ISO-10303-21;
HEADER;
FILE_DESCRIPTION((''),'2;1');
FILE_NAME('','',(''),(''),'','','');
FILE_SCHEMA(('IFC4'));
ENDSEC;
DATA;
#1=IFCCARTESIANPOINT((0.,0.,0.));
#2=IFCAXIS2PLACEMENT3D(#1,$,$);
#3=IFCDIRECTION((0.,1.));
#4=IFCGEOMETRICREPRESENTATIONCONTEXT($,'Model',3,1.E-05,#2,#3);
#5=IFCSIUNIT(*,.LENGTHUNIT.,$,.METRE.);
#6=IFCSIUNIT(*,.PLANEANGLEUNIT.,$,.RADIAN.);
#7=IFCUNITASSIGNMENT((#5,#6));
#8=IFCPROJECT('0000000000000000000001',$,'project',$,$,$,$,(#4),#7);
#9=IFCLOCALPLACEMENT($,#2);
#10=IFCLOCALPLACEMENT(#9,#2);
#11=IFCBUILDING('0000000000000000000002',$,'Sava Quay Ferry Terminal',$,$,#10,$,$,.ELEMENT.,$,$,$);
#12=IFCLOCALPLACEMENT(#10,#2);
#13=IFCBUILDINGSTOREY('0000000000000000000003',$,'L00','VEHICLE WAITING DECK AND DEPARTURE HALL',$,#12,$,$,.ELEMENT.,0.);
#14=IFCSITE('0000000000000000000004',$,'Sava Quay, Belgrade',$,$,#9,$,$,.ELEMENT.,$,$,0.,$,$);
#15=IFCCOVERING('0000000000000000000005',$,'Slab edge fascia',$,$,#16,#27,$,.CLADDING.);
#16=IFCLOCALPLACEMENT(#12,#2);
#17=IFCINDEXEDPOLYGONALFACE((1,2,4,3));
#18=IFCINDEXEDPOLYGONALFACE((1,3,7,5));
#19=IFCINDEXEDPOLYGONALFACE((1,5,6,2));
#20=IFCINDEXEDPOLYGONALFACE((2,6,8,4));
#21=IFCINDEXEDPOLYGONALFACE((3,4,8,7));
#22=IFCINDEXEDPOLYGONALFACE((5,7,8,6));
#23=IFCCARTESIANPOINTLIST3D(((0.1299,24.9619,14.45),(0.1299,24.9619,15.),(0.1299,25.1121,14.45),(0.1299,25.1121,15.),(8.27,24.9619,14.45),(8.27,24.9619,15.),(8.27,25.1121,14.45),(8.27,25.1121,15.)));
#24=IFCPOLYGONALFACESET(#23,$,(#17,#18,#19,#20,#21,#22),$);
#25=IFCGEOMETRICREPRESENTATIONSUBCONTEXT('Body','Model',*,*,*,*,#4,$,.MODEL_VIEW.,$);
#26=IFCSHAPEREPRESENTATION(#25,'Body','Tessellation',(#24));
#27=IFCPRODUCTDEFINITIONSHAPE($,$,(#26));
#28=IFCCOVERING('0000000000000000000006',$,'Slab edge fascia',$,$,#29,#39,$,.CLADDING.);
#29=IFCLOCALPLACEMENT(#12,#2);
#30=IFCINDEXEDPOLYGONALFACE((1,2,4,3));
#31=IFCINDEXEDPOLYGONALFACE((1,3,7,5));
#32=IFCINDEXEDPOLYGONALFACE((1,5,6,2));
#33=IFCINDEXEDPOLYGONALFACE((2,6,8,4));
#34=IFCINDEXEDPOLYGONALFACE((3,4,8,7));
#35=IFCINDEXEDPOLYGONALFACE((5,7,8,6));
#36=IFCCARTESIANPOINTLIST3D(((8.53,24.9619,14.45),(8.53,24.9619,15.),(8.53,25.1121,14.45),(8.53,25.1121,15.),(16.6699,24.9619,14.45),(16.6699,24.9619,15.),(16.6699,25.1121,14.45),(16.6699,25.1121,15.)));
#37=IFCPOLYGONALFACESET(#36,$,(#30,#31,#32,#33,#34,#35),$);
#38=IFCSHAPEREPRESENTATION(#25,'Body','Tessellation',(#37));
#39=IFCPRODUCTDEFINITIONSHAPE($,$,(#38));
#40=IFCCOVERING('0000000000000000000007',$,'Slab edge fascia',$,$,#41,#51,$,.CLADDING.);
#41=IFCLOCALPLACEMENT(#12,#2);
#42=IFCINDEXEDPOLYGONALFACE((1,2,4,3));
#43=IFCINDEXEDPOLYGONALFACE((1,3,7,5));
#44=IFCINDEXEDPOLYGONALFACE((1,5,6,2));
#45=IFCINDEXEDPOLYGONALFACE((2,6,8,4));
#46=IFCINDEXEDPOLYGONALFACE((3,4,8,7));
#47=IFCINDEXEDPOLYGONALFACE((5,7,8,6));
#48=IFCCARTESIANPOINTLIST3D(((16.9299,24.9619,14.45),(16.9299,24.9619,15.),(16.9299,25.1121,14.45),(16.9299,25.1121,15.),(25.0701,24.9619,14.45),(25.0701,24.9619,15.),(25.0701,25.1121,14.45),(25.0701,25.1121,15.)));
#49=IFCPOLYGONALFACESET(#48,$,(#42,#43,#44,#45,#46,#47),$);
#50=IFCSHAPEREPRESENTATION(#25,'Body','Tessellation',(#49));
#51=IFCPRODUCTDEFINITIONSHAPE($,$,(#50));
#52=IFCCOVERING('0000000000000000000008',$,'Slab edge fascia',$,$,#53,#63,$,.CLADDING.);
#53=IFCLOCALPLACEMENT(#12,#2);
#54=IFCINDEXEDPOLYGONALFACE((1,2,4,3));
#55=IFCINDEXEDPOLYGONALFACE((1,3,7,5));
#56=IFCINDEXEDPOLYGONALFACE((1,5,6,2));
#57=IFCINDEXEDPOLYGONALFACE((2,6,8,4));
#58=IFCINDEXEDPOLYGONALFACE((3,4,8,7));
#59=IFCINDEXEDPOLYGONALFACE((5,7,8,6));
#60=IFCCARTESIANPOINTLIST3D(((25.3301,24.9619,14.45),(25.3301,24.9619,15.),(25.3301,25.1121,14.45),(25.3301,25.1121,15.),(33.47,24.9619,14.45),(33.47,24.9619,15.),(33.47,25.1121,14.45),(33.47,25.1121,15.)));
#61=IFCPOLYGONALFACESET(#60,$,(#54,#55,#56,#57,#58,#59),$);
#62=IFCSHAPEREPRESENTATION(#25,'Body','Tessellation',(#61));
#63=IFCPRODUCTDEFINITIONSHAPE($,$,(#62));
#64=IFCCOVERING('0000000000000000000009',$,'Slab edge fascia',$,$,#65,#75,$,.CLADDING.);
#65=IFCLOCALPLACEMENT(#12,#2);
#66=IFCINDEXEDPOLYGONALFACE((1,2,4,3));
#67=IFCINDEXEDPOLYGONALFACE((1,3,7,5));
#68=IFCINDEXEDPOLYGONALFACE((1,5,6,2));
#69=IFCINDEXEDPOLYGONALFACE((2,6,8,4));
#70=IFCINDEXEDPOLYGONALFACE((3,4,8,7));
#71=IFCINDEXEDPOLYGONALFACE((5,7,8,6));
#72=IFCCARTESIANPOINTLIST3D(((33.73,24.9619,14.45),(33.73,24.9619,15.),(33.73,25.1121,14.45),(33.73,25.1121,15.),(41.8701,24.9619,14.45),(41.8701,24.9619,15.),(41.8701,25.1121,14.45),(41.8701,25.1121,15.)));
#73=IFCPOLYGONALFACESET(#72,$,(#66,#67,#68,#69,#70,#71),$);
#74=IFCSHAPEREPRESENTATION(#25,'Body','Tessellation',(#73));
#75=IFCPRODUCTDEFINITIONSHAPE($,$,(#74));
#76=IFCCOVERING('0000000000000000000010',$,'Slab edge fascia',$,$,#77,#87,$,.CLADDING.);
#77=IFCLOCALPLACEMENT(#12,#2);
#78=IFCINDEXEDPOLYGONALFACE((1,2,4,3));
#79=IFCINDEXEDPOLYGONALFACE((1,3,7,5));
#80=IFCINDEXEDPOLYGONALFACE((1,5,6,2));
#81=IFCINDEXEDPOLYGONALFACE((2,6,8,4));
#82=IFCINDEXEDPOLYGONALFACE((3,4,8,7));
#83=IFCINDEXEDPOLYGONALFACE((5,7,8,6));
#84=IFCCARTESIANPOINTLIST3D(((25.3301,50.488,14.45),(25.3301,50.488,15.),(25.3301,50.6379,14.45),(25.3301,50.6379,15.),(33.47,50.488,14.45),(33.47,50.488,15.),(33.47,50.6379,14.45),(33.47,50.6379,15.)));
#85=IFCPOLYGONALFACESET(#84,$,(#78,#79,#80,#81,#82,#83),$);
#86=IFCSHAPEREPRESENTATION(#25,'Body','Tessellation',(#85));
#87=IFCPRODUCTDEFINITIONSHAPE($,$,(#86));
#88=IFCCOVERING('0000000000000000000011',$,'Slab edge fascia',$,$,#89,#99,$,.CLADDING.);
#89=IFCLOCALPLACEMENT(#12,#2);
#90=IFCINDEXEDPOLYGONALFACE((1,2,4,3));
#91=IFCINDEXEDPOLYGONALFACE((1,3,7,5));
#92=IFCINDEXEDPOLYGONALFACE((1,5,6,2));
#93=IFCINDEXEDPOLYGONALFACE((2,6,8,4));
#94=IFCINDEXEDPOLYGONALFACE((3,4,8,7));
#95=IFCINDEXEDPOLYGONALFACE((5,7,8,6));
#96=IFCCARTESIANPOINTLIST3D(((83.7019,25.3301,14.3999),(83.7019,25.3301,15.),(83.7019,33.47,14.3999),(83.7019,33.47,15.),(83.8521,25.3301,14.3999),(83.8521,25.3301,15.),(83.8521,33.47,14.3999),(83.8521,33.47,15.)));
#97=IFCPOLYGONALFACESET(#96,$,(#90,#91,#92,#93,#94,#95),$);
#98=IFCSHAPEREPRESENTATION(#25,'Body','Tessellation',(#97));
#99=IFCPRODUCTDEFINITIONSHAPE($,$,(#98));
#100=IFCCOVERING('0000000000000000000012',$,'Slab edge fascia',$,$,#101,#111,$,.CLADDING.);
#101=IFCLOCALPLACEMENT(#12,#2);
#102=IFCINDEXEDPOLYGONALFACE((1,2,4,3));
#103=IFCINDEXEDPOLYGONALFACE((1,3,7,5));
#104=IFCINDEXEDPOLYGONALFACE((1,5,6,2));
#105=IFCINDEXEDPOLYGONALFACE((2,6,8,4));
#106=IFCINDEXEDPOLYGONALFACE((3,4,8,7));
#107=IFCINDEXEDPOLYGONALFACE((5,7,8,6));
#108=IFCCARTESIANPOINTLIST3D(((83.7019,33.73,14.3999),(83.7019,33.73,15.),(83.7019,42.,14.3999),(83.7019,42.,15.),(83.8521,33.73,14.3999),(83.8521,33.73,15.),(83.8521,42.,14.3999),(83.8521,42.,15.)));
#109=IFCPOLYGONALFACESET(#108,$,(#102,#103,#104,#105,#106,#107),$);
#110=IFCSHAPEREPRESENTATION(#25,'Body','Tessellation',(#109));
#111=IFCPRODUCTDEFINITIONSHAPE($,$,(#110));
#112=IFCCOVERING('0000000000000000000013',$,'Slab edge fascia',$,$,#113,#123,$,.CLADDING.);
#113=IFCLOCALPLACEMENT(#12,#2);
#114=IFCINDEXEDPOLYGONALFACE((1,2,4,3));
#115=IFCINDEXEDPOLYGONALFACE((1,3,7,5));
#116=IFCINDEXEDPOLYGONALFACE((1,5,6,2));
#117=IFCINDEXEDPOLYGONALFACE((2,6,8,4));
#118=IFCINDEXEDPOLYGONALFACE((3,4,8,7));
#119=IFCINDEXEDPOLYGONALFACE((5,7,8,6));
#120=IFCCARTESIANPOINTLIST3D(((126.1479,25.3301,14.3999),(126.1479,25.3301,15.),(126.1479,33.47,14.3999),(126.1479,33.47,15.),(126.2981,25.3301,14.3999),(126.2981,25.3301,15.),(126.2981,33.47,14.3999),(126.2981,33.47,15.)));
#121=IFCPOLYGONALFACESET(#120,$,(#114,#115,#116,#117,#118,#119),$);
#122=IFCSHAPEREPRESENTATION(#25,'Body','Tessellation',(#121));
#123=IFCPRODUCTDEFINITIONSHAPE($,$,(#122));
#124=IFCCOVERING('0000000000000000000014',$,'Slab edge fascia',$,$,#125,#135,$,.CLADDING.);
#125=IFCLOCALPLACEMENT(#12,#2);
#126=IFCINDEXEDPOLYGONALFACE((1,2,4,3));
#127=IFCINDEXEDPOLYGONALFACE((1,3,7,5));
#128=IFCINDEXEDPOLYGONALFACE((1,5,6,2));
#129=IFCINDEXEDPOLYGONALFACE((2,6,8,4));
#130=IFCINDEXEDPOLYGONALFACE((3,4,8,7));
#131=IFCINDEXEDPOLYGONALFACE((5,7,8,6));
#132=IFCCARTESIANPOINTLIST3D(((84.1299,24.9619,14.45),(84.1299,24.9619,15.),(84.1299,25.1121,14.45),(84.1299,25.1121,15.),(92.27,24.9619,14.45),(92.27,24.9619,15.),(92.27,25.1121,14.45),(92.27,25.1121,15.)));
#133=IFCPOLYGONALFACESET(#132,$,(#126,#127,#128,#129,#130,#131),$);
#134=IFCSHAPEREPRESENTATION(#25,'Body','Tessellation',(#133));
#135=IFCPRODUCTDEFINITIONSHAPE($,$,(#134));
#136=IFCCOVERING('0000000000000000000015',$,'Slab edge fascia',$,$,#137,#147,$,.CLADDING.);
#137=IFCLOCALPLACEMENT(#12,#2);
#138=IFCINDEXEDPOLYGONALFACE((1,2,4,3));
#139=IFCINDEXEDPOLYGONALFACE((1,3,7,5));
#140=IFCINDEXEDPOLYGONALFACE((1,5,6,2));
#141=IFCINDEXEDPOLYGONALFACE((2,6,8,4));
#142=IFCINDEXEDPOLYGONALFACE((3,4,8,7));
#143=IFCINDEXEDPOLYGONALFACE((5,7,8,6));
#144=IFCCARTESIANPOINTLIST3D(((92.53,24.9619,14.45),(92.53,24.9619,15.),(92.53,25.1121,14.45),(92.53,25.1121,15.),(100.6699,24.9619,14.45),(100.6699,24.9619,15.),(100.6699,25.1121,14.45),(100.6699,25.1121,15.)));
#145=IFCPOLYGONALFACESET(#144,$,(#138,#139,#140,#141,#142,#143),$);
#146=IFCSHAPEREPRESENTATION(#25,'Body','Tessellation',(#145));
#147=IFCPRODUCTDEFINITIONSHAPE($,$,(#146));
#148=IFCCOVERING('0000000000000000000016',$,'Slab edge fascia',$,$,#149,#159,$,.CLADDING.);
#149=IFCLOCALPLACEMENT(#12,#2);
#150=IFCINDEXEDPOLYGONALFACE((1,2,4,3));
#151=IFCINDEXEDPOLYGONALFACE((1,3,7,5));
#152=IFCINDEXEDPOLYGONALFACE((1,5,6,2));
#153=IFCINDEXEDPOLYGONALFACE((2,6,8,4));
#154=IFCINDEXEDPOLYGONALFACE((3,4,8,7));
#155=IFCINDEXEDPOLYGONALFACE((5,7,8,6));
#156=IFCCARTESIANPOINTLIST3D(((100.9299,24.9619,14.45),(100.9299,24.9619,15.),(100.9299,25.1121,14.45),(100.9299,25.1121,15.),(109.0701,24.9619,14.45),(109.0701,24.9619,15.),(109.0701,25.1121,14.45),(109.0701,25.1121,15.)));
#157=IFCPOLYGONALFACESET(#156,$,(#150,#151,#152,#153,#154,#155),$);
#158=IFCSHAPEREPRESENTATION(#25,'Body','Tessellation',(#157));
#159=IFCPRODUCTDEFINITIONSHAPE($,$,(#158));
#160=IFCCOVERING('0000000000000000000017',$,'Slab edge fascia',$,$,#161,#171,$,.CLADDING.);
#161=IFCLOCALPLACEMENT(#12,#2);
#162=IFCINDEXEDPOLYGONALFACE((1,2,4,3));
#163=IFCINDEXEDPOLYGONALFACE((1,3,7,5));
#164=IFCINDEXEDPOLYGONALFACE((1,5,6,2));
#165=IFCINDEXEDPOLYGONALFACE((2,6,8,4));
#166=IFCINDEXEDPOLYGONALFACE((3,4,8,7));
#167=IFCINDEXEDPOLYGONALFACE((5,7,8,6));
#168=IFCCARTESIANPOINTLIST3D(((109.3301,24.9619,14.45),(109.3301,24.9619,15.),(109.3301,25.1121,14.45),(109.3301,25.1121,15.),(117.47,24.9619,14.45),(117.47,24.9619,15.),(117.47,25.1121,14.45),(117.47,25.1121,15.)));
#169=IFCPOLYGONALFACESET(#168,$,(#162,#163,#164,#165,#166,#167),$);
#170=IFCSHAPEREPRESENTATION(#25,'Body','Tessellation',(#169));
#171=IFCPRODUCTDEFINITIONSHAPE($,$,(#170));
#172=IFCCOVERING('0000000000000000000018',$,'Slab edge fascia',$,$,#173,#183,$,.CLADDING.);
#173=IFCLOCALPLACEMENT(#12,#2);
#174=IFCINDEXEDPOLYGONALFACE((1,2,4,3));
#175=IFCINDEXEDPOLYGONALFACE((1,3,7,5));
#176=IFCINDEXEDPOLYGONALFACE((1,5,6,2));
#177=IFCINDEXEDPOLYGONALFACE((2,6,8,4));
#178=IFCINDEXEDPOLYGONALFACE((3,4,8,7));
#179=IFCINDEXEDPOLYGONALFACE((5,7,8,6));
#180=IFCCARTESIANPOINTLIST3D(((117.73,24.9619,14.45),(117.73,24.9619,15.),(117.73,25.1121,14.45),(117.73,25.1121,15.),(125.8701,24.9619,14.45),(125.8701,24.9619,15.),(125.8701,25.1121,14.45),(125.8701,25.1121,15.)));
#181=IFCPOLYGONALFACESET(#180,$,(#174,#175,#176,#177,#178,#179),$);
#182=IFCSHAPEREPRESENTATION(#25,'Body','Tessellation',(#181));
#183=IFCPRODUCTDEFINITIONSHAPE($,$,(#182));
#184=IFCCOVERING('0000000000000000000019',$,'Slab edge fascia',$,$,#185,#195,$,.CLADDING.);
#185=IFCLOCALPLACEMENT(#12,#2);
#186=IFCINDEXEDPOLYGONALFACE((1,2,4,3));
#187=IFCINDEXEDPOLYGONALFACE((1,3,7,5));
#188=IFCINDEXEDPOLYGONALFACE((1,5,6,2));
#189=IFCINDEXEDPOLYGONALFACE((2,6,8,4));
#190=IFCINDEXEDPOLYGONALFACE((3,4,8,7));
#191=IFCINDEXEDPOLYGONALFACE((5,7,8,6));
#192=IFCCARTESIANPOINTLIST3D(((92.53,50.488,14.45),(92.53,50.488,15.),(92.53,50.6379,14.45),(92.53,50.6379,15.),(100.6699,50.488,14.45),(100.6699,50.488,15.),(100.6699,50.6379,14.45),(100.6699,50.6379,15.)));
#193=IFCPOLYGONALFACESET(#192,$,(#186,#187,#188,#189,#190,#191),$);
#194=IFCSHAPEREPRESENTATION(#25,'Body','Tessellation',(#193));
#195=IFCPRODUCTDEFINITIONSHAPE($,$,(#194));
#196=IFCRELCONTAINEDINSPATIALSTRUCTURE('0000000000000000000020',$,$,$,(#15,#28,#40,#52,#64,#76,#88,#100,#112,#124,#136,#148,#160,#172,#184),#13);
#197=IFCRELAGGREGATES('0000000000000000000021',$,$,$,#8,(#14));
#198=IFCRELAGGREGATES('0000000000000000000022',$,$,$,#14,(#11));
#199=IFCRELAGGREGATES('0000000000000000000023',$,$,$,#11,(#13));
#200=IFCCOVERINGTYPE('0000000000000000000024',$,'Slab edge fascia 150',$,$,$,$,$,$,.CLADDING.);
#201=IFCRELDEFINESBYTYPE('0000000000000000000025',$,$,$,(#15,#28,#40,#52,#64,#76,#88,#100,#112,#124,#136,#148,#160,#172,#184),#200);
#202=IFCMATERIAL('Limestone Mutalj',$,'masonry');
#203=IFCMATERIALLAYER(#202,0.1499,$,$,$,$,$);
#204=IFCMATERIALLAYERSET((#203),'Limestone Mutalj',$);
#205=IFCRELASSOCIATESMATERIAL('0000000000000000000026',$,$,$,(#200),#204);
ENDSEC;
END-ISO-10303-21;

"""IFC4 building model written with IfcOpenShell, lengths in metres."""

from ifc_helpers import new_model, si_unit, direction, frame, origin, place, context, subcontext, project, spatial, polyline, outline, extrude, material, layer, layer_set, type_object, element, save


model = new_model("IFC4")

# Units and contexts
model_context = context("Model", 3, precision=1e-05, world=origin(), true_north=direction((0.0, 1.0)))
body_context = subcontext(model_context, "Body", "Model", "MODEL_VIEW")
ifc_project = project(units=[si_unit("LENGTHUNIT", "METRE"), si_unit("PLANEANGLEUNIT", "RADIAN")], contexts=[model_context])

# Site, building, storey
site_placement = place(None, origin())
site = spatial("IfcSite", under=ifc_project, at=site_placement, Name="Sava Quay, Belgrade", CompositionType="ELEMENT", RefElevation=0.0)
building_placement = place(site_placement, origin())
building = spatial("IfcBuilding", under=site, at=building_placement, Name="Sava Quay Ferry Terminal", CompositionType="ELEMENT")
storey_placement = place(building_placement, origin())
storey = spatial("IfcBuildingStorey", under=building, at=storey_placement, Name="L00", Description="VEHICLE WAITING DECK AND DEPARTURE HALL", CompositionType="ELEMENT", Elevation=0.0)

# Coverings
ifc_material_1 = material(Name="Limestone Mutalj", Category="masonry")
ifc_layer = layer(ifc_material_1, 0.1499)
ifc_layer_set = layer_set([ifc_layer], Name="Limestone Mutalj")
covering_type = type_object("IfcCoveringType", Name="Slab edge fascia 150", PredefinedType="CLADDING", material=ifc_layer_set)
covering_1_placement = place(storey_placement, frame((0.0, 0.0, 14.45)))
element("IfcCovering", 1, at=covering_1_placement, inside=storey, type_object=covering_type, Name="Slab edge fascia", PredefinedType="CLADDING", context=body_context, shape_type="SweptSolid", body=[
    extrude(outline(polyline([(8.27, 25.1121), (0.1299, 25.1121), (0.1299, 24.9619), (8.27, 24.9619), (8.27, 25.1121)])), origin(), (0.0, 0.0, 1.0), 0.55),
])
covering_2_placement = place(storey_placement, frame((0.0, 0.0, 14.45)))
element("IfcCovering", 2, at=covering_2_placement, inside=storey, type_object=covering_type, Name="Slab edge fascia", PredefinedType="CLADDING", context=body_context, shape_type="SweptSolid", body=[
    extrude(outline(polyline([(16.6699, 25.1121), (8.53, 25.1121), (8.53, 24.9619), (16.6699, 24.9619), (16.6699, 25.1121)])), origin(), (0.0, 0.0, 1.0), 0.55),
])
covering_3_placement = place(storey_placement, frame((0.0, 0.0, 14.45)))
element("IfcCovering", 3, at=covering_3_placement, inside=storey, type_object=covering_type, Name="Slab edge fascia", PredefinedType="CLADDING", context=body_context, shape_type="SweptSolid", body=[
    extrude(outline(polyline([(25.0701, 25.1121), (16.9299, 25.1121), (16.9299, 24.9619), (25.0701, 24.9619), (25.0701, 25.1121)])), origin(), (0.0, 0.0, 1.0), 0.55),
])
covering_4_placement = place(storey_placement, frame((0.0, 0.0, 14.45)))
element("IfcCovering", 4, at=covering_4_placement, inside=storey, type_object=covering_type, Name="Slab edge fascia", PredefinedType="CLADDING", context=body_context, shape_type="SweptSolid", body=[
    extrude(outline(polyline([(33.47, 25.1121), (25.3301, 25.1121), (25.3301, 24.9619), (33.47, 24.9619), (33.47, 25.1121)])), origin(), (0.0, 0.0, 1.0), 0.55),
])
covering_5_placement = place(storey_placement, frame((0.0, 0.0, 14.45)))
element("IfcCovering", 5, at=covering_5_placement, inside=storey, type_object=covering_type, Name="Slab edge fascia", PredefinedType="CLADDING", context=body_context, shape_type="SweptSolid", body=[
    extrude(outline(polyline([(41.8701, 25.1121), (33.73, 25.1121), (33.73, 24.9619), (41.8701, 24.9619), (41.8701, 25.1121)])), origin(), (0.0, 0.0, 1.0), 0.55),
])
covering_6_placement = place(storey_placement, frame((0.0, 0.0, 14.45)))
element("IfcCovering", 6, at=covering_6_placement, inside=storey, type_object=covering_type, Name="Slab edge fascia", PredefinedType="CLADDING", context=body_context, shape_type="SweptSolid", body=[
    extrude(outline(polyline([(25.3301, 50.6379), (25.3301, 50.488), (33.47, 50.488), (33.47, 50.6379), (25.3301, 50.6379)])), origin(), (0.0, 0.0, 1.0), 0.55),
])
covering_7_placement = place(storey_placement, frame((0.0, 0.0, 14.3999)))
element("IfcCovering", 7, at=covering_7_placement, inside=storey, type_object=covering_type, Name="Slab edge fascia", PredefinedType="CLADDING", context=body_context, shape_type="SweptSolid", body=[
    extrude(outline(polyline([(83.7019, 25.3301), (83.8521, 25.3301), (83.8521, 33.47), (83.7019, 33.47), (83.7019, 25.3301)])), origin(), (0.0, 0.0, 1.0), 0.6001),
])
covering_8_placement = place(storey_placement, frame((0.0, 0.0, 14.3999)))
element("IfcCovering", 8, at=covering_8_placement, inside=storey, type_object=covering_type, Name="Slab edge fascia", PredefinedType="CLADDING", context=body_context, shape_type="SweptSolid", body=[
    extrude(outline(polyline([(83.7019, 33.73), (83.8521, 33.73), (83.8521, 42.0), (83.7019, 42.0), (83.7019, 33.73)])), origin(), (0.0, 0.0, 1.0), 0.6001),
])
covering_9_placement = place(storey_placement, frame((0.0, 0.0, 14.3999)))
element("IfcCovering", 9, at=covering_9_placement, inside=storey, type_object=covering_type, Name="Slab edge fascia", PredefinedType="CLADDING", context=body_context, shape_type="SweptSolid", body=[
    extrude(outline(polyline([(126.1479, 33.47), (126.1479, 25.3301), (126.2981, 25.3301), (126.2981, 33.47), (126.1479, 33.47)])), origin(), (0.0, 0.0, 1.0), 0.6001),
])
covering_10_placement = place(storey_placement, frame((0.0, 0.0, 14.45)))
element("IfcCovering", 10, at=covering_10_placement, inside=storey, type_object=covering_type, Name="Slab edge fascia", PredefinedType="CLADDING", context=body_context, shape_type="SweptSolid", body=[
    extrude(outline(polyline([(92.27, 25.1121), (84.1299, 25.1121), (84.1299, 24.9619), (92.27, 24.9619), (92.27, 25.1121)])), origin(), (0.0, 0.0, 1.0), 0.55),
])
covering_11_placement = place(storey_placement, frame((0.0, 0.0, 14.45)))
element("IfcCovering", 11, at=covering_11_placement, inside=storey, type_object=covering_type, Name="Slab edge fascia", PredefinedType="CLADDING", context=body_context, shape_type="SweptSolid", body=[
    extrude(outline(polyline([(100.6699, 25.1121), (92.53, 25.1121), (92.53, 24.9619), (100.6699, 24.9619), (100.6699, 25.1121)])), origin(), (0.0, 0.0, 1.0), 0.55),
])
covering_12_placement = place(storey_placement, frame((0.0, 0.0, 14.45)))
element("IfcCovering", 12, at=covering_12_placement, inside=storey, type_object=covering_type, Name="Slab edge fascia", PredefinedType="CLADDING", context=body_context, shape_type="SweptSolid", body=[
    extrude(outline(polyline([(109.0701, 25.1121), (100.9299, 25.1121), (100.9299, 24.9619), (109.0701, 24.9619), (109.0701, 25.1121)])), origin(), (0.0, 0.0, 1.0), 0.55),
])
covering_13_placement = place(storey_placement, frame((0.0, 0.0, 14.45)))
element("IfcCovering", 13, at=covering_13_placement, inside=storey, type_object=covering_type, Name="Slab edge fascia", PredefinedType="CLADDING", context=body_context, shape_type="SweptSolid", body=[
    extrude(outline(polyline([(117.47, 25.1121), (109.3301, 25.1121), (109.3301, 24.9619), (117.47, 24.9619), (117.47, 25.1121)])), origin(), (0.0, 0.0, 1.0), 0.55),
])
covering_14_placement = place(storey_placement, frame((0.0, 0.0, 14.45)))
element("IfcCovering", 14, at=covering_14_placement, inside=storey, type_object=covering_type, Name="Slab edge fascia", PredefinedType="CLADDING", context=body_context, shape_type="SweptSolid", body=[
    extrude(outline(polyline([(125.8701, 25.1121), (117.73, 25.1121), (117.73, 24.9619), (125.8701, 24.9619), (125.8701, 25.1121)])), origin(), (0.0, 0.0, 1.0), 0.55),
])
covering_15_placement = place(storey_placement, frame((0.0, 0.0, 14.45)))
element("IfcCovering", 15, at=covering_15_placement, inside=storey, type_object=covering_type, Name="Slab edge fascia", PredefinedType="CLADDING", context=body_context, shape_type="SweptSolid", body=[
    extrude(outline(polyline([(92.53, 50.6379), (92.53, 50.488), (100.6699, 50.488), (100.6699, 50.6379), (92.53, 50.6379)])), origin(), (0.0, 0.0, 1.0), 0.55),
])

save(model, "model.ifc")
